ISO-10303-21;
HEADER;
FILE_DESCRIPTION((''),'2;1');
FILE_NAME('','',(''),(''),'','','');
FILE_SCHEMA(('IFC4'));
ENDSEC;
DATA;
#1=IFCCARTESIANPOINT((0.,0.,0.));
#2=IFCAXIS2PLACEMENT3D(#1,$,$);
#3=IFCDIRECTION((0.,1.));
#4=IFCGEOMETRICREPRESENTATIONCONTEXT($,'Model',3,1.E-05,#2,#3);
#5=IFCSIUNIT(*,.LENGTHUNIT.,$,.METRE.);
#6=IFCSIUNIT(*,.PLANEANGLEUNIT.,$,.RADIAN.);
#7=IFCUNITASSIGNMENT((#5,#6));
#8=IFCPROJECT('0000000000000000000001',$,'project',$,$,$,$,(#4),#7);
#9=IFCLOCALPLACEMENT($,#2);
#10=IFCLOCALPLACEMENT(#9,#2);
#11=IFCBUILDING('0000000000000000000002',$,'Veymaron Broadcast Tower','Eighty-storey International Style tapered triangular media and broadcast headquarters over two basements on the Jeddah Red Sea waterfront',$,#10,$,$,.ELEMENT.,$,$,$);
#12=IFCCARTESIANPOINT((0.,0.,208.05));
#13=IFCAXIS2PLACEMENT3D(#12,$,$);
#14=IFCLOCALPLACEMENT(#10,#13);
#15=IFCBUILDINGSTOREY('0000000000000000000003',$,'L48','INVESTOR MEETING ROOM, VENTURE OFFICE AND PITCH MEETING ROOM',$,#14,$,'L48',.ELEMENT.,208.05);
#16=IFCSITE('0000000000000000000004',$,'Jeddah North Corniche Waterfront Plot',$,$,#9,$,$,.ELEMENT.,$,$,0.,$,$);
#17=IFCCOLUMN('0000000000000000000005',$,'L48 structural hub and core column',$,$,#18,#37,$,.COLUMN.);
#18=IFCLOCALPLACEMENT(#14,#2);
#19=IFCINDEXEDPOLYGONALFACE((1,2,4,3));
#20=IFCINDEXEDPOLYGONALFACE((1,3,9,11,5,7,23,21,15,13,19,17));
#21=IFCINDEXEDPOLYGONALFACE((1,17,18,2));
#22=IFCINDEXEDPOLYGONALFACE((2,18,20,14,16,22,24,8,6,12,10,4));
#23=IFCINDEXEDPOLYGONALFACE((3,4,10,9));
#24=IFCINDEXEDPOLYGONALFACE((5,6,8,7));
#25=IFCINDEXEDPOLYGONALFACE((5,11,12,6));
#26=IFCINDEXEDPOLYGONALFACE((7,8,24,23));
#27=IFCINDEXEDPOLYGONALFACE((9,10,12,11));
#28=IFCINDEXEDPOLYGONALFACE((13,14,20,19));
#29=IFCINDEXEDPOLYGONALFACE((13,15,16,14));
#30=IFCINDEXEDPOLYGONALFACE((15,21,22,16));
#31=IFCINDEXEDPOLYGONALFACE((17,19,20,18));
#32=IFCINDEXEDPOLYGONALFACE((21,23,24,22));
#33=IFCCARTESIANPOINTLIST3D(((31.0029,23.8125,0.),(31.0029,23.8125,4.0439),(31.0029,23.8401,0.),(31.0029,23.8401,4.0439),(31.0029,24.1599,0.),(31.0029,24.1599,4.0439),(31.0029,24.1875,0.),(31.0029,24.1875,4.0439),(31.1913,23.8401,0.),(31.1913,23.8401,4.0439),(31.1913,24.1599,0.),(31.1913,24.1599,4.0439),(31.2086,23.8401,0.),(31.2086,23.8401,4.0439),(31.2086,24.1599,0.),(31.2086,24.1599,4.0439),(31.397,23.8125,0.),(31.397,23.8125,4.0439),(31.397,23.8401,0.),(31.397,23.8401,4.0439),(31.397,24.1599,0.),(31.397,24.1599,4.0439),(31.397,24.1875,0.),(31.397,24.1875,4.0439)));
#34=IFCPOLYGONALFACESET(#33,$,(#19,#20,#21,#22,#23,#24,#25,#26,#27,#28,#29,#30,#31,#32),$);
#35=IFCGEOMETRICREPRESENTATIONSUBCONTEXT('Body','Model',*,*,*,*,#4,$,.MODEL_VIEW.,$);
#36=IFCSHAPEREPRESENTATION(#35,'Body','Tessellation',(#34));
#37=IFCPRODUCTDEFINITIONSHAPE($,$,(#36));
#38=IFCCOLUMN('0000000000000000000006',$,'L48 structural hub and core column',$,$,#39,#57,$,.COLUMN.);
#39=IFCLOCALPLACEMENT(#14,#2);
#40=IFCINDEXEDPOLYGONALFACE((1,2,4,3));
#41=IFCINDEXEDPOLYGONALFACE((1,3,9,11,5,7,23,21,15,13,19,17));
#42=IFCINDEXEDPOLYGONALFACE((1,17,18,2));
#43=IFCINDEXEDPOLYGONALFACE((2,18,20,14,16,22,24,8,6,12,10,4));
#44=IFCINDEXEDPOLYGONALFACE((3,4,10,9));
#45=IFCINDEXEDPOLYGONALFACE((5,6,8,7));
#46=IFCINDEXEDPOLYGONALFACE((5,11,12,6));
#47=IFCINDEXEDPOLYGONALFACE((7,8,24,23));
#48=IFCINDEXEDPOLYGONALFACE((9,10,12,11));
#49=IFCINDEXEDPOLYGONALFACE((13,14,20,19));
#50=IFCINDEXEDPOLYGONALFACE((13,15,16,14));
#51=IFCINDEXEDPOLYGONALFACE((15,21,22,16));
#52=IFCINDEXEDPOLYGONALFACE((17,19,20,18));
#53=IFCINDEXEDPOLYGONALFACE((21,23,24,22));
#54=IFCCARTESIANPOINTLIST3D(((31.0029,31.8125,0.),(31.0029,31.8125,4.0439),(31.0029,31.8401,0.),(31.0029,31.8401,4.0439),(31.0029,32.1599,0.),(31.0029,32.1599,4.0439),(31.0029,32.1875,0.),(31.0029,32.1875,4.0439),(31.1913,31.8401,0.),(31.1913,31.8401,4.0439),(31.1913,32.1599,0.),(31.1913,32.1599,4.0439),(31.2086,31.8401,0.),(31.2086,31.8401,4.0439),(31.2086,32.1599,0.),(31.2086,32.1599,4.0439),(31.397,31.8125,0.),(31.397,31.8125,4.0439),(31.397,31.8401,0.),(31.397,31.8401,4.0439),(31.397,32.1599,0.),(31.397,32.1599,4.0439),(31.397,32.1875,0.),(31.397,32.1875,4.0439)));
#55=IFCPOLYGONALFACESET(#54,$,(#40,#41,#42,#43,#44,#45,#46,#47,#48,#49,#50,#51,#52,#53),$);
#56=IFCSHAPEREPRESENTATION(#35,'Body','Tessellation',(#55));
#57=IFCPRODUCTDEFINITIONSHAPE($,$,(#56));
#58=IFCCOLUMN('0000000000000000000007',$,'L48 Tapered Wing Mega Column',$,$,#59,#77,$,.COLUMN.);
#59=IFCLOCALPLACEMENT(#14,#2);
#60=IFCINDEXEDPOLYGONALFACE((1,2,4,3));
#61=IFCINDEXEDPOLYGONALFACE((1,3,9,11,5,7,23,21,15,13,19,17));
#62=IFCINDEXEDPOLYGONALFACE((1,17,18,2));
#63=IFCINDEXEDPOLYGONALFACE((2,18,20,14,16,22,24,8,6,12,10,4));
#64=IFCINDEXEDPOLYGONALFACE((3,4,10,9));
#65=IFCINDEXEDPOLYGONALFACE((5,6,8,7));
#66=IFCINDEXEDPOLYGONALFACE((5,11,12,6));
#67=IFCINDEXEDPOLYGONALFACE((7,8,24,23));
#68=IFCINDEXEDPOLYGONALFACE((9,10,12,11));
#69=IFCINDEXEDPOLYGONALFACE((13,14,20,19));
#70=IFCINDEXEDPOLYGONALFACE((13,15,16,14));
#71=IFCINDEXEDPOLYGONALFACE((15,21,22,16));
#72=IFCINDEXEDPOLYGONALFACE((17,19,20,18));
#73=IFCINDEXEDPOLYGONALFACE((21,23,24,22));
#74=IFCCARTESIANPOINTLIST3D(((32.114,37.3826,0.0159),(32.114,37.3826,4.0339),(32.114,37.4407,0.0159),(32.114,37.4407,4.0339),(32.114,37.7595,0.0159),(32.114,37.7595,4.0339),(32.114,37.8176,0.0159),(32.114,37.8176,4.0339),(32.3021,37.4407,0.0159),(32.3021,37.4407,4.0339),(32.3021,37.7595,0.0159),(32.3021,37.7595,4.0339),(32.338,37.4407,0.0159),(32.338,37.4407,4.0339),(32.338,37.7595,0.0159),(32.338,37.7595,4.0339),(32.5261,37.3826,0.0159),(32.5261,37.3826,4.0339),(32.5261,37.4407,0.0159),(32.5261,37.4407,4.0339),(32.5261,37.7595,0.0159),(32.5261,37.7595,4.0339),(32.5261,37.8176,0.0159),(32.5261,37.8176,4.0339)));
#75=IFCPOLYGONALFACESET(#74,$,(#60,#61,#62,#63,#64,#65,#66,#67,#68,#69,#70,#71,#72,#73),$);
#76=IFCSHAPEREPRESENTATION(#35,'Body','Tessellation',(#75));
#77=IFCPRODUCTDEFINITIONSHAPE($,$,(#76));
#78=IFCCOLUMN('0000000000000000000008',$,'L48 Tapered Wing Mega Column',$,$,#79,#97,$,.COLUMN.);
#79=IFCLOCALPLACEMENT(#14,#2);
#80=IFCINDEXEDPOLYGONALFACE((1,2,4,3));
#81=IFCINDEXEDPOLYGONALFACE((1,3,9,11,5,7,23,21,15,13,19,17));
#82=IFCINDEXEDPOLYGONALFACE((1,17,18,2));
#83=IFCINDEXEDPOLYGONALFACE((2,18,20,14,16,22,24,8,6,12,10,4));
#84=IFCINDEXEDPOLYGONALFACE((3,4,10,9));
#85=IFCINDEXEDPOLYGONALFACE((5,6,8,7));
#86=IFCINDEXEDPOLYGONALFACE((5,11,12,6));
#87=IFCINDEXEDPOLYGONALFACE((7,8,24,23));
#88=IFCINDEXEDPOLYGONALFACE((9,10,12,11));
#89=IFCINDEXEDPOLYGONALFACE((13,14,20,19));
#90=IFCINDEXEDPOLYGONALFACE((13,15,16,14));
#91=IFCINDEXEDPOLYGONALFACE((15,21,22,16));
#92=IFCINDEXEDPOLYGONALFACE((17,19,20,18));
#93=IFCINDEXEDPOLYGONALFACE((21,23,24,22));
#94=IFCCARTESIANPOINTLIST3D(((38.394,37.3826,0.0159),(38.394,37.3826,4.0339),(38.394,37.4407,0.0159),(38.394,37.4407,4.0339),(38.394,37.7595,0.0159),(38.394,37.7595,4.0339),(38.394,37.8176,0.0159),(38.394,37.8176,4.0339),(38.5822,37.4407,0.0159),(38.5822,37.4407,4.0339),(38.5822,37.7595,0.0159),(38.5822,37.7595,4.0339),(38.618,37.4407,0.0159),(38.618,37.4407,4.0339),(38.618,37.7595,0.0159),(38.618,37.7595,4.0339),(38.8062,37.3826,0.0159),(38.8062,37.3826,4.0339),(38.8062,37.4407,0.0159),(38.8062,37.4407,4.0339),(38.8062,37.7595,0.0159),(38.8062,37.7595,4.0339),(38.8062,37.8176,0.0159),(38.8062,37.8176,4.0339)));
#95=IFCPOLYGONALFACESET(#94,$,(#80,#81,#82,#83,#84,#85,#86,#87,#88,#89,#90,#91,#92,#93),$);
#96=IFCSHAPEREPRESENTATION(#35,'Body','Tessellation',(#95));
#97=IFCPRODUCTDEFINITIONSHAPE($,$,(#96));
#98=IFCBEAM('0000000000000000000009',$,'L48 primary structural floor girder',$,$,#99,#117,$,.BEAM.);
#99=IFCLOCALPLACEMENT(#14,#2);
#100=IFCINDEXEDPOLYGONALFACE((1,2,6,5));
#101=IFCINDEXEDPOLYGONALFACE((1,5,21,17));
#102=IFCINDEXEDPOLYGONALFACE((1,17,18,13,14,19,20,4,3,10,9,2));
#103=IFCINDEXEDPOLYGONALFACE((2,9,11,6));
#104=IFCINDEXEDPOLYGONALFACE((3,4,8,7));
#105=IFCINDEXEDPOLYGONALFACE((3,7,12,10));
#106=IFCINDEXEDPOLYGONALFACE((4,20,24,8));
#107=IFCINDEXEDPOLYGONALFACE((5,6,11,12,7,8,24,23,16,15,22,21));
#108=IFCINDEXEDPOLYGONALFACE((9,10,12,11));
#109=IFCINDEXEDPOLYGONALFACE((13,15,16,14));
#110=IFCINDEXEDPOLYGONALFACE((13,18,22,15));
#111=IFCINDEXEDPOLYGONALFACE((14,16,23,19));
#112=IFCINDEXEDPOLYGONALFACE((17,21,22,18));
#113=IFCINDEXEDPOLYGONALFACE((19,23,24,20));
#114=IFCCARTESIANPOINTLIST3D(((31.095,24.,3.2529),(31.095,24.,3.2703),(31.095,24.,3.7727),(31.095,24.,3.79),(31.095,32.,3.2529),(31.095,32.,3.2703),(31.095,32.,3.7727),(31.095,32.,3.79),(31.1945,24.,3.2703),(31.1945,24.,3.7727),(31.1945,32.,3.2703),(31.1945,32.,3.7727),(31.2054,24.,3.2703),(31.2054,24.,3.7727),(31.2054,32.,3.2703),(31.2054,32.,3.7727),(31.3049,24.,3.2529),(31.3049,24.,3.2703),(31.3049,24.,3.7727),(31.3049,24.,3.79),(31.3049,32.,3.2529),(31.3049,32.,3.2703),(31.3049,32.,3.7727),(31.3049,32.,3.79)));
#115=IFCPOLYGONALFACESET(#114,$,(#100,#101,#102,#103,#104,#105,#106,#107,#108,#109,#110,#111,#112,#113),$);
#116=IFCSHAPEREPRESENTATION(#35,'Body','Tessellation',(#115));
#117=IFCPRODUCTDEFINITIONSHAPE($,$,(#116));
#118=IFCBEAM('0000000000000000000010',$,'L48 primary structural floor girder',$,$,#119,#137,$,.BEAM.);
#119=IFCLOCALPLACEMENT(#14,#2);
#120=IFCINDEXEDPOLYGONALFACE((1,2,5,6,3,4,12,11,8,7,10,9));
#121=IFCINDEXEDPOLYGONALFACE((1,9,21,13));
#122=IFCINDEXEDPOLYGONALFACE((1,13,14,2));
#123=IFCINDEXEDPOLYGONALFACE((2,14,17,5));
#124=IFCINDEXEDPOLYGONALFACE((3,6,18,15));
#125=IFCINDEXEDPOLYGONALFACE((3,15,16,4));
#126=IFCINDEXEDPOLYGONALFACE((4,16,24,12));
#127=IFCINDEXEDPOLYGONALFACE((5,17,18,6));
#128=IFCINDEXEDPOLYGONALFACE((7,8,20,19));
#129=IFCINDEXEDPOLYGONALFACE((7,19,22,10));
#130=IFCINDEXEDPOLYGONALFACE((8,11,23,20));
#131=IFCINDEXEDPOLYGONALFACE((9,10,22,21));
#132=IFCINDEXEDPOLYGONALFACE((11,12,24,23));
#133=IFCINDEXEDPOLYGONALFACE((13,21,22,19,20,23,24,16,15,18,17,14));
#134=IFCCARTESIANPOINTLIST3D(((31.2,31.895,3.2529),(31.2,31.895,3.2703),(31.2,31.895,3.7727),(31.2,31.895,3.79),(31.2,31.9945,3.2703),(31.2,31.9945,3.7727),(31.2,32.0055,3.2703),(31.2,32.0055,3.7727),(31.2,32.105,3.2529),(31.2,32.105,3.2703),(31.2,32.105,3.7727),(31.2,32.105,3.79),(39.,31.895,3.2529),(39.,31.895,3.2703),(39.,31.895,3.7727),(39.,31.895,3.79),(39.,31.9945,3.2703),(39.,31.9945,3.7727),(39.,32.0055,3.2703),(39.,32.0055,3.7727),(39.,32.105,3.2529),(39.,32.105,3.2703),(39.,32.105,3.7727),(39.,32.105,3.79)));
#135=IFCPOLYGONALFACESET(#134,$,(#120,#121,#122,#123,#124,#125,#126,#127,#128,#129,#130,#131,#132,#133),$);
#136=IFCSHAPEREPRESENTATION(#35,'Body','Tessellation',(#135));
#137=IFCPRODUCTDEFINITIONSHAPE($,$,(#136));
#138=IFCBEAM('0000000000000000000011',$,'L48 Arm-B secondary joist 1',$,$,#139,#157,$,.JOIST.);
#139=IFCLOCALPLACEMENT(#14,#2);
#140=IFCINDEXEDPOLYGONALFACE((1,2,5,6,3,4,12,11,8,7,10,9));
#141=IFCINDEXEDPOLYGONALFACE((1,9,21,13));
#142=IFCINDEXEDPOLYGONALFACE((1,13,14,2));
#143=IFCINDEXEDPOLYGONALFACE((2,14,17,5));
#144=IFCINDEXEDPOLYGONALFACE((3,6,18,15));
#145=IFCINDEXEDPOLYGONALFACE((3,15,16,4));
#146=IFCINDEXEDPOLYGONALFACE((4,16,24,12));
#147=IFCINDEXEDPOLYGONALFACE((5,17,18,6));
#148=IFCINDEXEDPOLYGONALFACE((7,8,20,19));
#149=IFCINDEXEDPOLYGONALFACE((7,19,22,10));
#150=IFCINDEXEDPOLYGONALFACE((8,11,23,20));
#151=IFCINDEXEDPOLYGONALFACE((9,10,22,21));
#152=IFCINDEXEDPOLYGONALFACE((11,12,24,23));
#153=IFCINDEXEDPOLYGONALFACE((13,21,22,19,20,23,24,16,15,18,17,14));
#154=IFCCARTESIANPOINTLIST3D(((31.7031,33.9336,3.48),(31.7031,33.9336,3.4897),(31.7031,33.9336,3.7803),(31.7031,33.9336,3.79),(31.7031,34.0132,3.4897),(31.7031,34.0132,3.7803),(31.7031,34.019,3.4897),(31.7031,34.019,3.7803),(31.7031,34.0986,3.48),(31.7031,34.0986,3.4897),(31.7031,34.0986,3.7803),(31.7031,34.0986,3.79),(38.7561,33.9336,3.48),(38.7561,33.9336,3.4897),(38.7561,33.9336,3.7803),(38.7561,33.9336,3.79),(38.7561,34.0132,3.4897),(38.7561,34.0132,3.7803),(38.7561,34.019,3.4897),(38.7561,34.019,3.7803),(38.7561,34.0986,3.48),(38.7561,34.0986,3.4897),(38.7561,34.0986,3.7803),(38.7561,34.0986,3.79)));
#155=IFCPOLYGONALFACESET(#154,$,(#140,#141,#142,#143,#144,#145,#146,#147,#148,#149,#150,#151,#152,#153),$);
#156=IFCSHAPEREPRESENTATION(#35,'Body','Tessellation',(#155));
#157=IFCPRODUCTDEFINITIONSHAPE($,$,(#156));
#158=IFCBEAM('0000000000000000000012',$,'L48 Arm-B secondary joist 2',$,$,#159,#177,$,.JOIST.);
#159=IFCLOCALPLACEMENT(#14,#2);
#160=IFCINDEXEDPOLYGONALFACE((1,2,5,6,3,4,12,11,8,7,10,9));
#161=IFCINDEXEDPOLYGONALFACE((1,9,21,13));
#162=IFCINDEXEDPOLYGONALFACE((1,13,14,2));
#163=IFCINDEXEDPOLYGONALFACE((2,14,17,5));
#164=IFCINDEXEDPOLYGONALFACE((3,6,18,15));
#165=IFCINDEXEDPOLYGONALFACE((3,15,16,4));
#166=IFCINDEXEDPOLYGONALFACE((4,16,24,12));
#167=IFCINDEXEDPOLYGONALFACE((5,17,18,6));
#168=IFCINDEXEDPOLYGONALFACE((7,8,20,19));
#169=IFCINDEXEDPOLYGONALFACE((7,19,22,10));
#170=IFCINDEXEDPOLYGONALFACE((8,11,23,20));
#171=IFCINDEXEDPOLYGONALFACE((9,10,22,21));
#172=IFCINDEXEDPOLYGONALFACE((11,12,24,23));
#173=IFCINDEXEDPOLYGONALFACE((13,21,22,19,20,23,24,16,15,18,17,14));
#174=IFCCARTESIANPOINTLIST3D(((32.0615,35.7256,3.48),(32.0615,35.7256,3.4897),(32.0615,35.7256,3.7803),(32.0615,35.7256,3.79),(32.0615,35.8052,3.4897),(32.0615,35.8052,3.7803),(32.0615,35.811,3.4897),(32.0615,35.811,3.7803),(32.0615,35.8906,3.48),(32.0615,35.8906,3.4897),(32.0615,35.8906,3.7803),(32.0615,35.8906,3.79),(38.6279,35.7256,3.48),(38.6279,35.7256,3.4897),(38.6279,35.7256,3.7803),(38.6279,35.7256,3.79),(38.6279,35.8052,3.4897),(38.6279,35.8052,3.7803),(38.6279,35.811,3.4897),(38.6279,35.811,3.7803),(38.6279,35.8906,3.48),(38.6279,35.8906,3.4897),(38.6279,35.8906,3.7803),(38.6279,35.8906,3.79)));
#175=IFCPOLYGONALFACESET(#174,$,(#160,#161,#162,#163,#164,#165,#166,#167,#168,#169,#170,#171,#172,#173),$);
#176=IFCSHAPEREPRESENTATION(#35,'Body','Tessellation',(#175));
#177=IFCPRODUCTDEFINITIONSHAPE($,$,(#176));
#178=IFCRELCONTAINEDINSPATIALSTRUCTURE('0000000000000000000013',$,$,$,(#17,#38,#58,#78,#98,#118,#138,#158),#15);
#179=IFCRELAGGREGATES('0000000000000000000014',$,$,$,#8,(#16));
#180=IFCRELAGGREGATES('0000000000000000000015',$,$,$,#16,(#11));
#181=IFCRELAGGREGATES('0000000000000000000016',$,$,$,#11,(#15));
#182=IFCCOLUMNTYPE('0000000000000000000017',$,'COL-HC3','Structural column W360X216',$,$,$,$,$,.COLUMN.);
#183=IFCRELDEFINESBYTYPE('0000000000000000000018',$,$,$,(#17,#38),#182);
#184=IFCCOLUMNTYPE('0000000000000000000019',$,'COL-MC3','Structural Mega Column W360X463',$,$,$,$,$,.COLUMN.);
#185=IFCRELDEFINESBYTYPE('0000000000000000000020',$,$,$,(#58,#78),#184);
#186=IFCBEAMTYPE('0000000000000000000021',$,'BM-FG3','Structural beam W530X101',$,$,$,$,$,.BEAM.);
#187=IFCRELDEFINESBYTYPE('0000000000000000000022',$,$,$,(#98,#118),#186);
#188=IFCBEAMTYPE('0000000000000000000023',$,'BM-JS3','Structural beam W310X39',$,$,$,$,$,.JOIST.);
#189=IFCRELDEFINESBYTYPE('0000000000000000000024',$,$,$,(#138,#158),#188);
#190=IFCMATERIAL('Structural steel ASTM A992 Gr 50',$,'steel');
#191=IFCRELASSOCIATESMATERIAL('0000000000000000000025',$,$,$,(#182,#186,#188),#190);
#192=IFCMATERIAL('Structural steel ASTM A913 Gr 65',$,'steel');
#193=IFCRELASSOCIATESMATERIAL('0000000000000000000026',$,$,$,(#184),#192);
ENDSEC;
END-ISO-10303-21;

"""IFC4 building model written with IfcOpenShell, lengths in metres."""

from ifc_helpers import new_model, si_unit, direction, frame, origin, origin_2d, place, context, subcontext, project, spatial, i_section, extrude, material, material_profile, profile_set, type_object, element, save


model = new_model("IFC4")

# Units and contexts
model_context = context("Model", 3, precision=1e-05, world=origin(), true_north=direction((0.0, 1.0)))
body_context = subcontext(model_context, "Body", "Model", "MODEL_VIEW")
ifc_project = project(units=[si_unit("LENGTHUNIT", "METRE"), si_unit("PLANEANGLEUNIT", "RADIAN")], contexts=[model_context])

# Site, building, storey
site_placement = place(None, origin())
site = spatial("IfcSite", under=ifc_project, at=site_placement, Name="Jeddah North Corniche Waterfront Plot", CompositionType="ELEMENT", RefElevation=0.0)
building_placement = place(site_placement, origin())
building = spatial("IfcBuilding", under=site, at=building_placement, Name="Veymaron Broadcast Tower", Description="Eighty-storey International Style tapered triangular media and broadcast headquarters over two basements on the Jeddah Red Sea waterfront", CompositionType="ELEMENT")
storey_placement = place(building_placement, frame((0.0, 0.0, 208.05)))
storey = spatial("IfcBuildingStorey", under=building, at=storey_placement, Name="L48", Description="INVESTOR MEETING ROOM, VENTURE OFFICE AND PITCH MEETING ROOM", LongName="L48", CompositionType="ELEMENT", Elevation=208.05)

# Columns
ifc_material_1 = material(Name="Structural steel ASTM A992 Gr 50", Category="steel")
ifc_material_profile_1 = material_profile(ifc_material_1, i_section(OverallWidth=0.394, OverallDepth=0.375, WebThickness=0.0173, FlangeThickness=0.0276, at=origin_2d()), Name="W360X216")
ifc_profile_set_1 = profile_set([ifc_material_profile_1], Name="Structural steel ASTM A992 Gr 50")
column_type_1 = type_object("IfcColumnType", Name="COL-HC3", Description="Structural column W360X216", PredefinedType="COLUMN", material=ifc_profile_set_1)
for number, where, z_axis, x_axis, name in (
    (1, (31.2, 24.0, 0.0), (0.0, 0.0, 1.0), (1.0, 0.0, 0.0), "L48 structural hub and core column"),
    (2, (31.2, 32.0, 0.0), (0.0, 0.0, 1.0), (1.0, 0.0, 0.0), "L48 structural hub and core column"),
):
    element("IfcColumn", number, at=place(storey_placement, frame(where, z_axis=z_axis, x_axis=x_axis)), inside=storey, type_object=column_type_1, Name=name, PredefinedType="COLUMN", context=body_context, shape_type="SweptSolid", body=[
        extrude(i_section(OverallWidth=0.394, OverallDepth=0.375, WebThickness=0.0173, FlangeThickness=0.0276, at=origin_2d()), origin(), (0.0, 0.0, 1.0), 4.0439),
    ])
ifc_material_2 = material(Name="Structural steel ASTM A913 Gr 65", Category="steel")
ifc_material_profile_2 = material_profile(ifc_material_2, i_section(OverallWidth=0.4121, OverallDepth=0.4351, WebThickness=0.0359, FlangeThickness=0.0581, at=origin_2d()), Name="W360X463")
ifc_profile_set_2 = profile_set([ifc_material_profile_2], Name="Structural steel ASTM A913 Gr 65")
column_type_2 = type_object("IfcColumnType", Name="COL-MC3", Description="Structural Mega Column W360X463", PredefinedType="COLUMN", material=ifc_profile_set_2)
for number, where, z_axis, x_axis, name in (
    (3, (32.3201, 37.6001, 0.0159), (0.0, 0.0, 1.0), (1.0, 0.0, 0.0), "L48 Tapered Wing Mega Column"),
    (4, (38.6001, 37.6001, 0.0159), (0.0, 0.0, 1.0), (1.0, 0.0, 0.0), "L48 Tapered Wing Mega Column"),
):
    element("IfcColumn", number, at=place(storey_placement, frame(where, z_axis=z_axis, x_axis=x_axis)), inside=storey, type_object=column_type_2, Name=name, PredefinedType="COLUMN", context=body_context, shape_type="SweptSolid", body=[
        extrude(i_section(OverallWidth=0.4121, OverallDepth=0.4351, WebThickness=0.0359, FlangeThickness=0.0581, at=origin_2d()), origin(), (0.0, 0.0, 1.0), 4.0181),
    ])

# Beams
ifc_material_profile_3 = material_profile(ifc_material_1, i_section(OverallWidth=0.21, OverallDepth=0.5371, WebThickness=0.011, FlangeThickness=0.0173, at=origin_2d()), Name="W530X101")
ifc_profile_set_3 = profile_set([ifc_material_profile_3], Name="Structural steel ASTM A992 Gr 50")
beam_type_1 = type_object("IfcBeamType", Name="BM-FG3", Description="Structural beam W530X101", PredefinedType="BEAM", material=ifc_profile_set_3)
beam_1_placement = place(storey_placement, frame((31.2, 24.0, 3.5215), z_axis=(0.0, 1.0, 0.0), x_axis=(-1.0, 0.0, 0.0)))
element("IfcBeam", 5, at=beam_1_placement, inside=storey, type_object=beam_type_1, Name="L48 primary structural floor girder", PredefinedType="BEAM", context=body_context, shape_type="SweptSolid", body=[
    extrude(i_section(OverallWidth=0.21, OverallDepth=0.5371, WebThickness=0.011, FlangeThickness=0.0173, at=origin_2d()), origin(), (0.0, 0.0, 1.0), 8.0),
])
beam_2_placement = place(storey_placement, frame((31.2, 32.0, 3.5215), z_axis=(1.0, 0.0, 0.0), x_axis=(0.0, 1.0, 0.0)))
element("IfcBeam", 6, at=beam_2_placement, inside=storey, type_object=beam_type_1, Name="L48 primary structural floor girder", PredefinedType="BEAM", context=body_context, shape_type="SweptSolid", body=[
    extrude(i_section(OverallWidth=0.21, OverallDepth=0.5371, WebThickness=0.011, FlangeThickness=0.0173, at=origin_2d()), origin(), (0.0, 0.0, 1.0), 7.8),
])
ifc_material_profile_4 = material_profile(ifc_material_1, i_section(OverallWidth=0.165, OverallDepth=0.3101, WebThickness=0.0059, FlangeThickness=0.0098, at=origin_2d()), Name="W310X39")
ifc_profile_set_4 = profile_set([ifc_material_profile_4], Name="Structural steel ASTM A992 Gr 50")
beam_type_2 = type_object("IfcBeamType", Name="BM-JS3", Description="Structural beam W310X39", PredefinedType="JOIST", material=ifc_profile_set_4)
beam_3_placement = place(storey_placement, frame((31.7031, 34.0161, 3.635), z_axis=(1.0, 0.0, 0.0), x_axis=(0.0, 1.0, 0.0)))
element("IfcBeam", 7, at=beam_3_placement, inside=storey, type_object=beam_type_2, Name="L48 Arm-B secondary joist 1", PredefinedType="JOIST", context=body_context, shape_type="SweptSolid", body=[
    extrude(i_section(OverallWidth=0.165, OverallDepth=0.3101, WebThickness=0.0059, FlangeThickness=0.0098, at=origin_2d()), origin(), (0.0, 0.0, 1.0), 7.053),
])
beam_4_placement = place(storey_placement, frame((32.0615, 35.8081, 3.635), z_axis=(1.0, 0.0, 0.0), x_axis=(0.0, 1.0, 0.0)))
element("IfcBeam", 8, at=beam_4_placement, inside=storey, type_object=beam_type_2, Name="L48 Arm-B secondary joist 2", PredefinedType="JOIST", context=body_context, shape_type="SweptSolid", body=[
    extrude(i_section(OverallWidth=0.165, OverallDepth=0.3101, WebThickness=0.0059, FlangeThickness=0.0098, at=origin_2d()), origin(), (0.0, 0.0, 1.0), 6.5664),
])

save(model, "model.ifc")
